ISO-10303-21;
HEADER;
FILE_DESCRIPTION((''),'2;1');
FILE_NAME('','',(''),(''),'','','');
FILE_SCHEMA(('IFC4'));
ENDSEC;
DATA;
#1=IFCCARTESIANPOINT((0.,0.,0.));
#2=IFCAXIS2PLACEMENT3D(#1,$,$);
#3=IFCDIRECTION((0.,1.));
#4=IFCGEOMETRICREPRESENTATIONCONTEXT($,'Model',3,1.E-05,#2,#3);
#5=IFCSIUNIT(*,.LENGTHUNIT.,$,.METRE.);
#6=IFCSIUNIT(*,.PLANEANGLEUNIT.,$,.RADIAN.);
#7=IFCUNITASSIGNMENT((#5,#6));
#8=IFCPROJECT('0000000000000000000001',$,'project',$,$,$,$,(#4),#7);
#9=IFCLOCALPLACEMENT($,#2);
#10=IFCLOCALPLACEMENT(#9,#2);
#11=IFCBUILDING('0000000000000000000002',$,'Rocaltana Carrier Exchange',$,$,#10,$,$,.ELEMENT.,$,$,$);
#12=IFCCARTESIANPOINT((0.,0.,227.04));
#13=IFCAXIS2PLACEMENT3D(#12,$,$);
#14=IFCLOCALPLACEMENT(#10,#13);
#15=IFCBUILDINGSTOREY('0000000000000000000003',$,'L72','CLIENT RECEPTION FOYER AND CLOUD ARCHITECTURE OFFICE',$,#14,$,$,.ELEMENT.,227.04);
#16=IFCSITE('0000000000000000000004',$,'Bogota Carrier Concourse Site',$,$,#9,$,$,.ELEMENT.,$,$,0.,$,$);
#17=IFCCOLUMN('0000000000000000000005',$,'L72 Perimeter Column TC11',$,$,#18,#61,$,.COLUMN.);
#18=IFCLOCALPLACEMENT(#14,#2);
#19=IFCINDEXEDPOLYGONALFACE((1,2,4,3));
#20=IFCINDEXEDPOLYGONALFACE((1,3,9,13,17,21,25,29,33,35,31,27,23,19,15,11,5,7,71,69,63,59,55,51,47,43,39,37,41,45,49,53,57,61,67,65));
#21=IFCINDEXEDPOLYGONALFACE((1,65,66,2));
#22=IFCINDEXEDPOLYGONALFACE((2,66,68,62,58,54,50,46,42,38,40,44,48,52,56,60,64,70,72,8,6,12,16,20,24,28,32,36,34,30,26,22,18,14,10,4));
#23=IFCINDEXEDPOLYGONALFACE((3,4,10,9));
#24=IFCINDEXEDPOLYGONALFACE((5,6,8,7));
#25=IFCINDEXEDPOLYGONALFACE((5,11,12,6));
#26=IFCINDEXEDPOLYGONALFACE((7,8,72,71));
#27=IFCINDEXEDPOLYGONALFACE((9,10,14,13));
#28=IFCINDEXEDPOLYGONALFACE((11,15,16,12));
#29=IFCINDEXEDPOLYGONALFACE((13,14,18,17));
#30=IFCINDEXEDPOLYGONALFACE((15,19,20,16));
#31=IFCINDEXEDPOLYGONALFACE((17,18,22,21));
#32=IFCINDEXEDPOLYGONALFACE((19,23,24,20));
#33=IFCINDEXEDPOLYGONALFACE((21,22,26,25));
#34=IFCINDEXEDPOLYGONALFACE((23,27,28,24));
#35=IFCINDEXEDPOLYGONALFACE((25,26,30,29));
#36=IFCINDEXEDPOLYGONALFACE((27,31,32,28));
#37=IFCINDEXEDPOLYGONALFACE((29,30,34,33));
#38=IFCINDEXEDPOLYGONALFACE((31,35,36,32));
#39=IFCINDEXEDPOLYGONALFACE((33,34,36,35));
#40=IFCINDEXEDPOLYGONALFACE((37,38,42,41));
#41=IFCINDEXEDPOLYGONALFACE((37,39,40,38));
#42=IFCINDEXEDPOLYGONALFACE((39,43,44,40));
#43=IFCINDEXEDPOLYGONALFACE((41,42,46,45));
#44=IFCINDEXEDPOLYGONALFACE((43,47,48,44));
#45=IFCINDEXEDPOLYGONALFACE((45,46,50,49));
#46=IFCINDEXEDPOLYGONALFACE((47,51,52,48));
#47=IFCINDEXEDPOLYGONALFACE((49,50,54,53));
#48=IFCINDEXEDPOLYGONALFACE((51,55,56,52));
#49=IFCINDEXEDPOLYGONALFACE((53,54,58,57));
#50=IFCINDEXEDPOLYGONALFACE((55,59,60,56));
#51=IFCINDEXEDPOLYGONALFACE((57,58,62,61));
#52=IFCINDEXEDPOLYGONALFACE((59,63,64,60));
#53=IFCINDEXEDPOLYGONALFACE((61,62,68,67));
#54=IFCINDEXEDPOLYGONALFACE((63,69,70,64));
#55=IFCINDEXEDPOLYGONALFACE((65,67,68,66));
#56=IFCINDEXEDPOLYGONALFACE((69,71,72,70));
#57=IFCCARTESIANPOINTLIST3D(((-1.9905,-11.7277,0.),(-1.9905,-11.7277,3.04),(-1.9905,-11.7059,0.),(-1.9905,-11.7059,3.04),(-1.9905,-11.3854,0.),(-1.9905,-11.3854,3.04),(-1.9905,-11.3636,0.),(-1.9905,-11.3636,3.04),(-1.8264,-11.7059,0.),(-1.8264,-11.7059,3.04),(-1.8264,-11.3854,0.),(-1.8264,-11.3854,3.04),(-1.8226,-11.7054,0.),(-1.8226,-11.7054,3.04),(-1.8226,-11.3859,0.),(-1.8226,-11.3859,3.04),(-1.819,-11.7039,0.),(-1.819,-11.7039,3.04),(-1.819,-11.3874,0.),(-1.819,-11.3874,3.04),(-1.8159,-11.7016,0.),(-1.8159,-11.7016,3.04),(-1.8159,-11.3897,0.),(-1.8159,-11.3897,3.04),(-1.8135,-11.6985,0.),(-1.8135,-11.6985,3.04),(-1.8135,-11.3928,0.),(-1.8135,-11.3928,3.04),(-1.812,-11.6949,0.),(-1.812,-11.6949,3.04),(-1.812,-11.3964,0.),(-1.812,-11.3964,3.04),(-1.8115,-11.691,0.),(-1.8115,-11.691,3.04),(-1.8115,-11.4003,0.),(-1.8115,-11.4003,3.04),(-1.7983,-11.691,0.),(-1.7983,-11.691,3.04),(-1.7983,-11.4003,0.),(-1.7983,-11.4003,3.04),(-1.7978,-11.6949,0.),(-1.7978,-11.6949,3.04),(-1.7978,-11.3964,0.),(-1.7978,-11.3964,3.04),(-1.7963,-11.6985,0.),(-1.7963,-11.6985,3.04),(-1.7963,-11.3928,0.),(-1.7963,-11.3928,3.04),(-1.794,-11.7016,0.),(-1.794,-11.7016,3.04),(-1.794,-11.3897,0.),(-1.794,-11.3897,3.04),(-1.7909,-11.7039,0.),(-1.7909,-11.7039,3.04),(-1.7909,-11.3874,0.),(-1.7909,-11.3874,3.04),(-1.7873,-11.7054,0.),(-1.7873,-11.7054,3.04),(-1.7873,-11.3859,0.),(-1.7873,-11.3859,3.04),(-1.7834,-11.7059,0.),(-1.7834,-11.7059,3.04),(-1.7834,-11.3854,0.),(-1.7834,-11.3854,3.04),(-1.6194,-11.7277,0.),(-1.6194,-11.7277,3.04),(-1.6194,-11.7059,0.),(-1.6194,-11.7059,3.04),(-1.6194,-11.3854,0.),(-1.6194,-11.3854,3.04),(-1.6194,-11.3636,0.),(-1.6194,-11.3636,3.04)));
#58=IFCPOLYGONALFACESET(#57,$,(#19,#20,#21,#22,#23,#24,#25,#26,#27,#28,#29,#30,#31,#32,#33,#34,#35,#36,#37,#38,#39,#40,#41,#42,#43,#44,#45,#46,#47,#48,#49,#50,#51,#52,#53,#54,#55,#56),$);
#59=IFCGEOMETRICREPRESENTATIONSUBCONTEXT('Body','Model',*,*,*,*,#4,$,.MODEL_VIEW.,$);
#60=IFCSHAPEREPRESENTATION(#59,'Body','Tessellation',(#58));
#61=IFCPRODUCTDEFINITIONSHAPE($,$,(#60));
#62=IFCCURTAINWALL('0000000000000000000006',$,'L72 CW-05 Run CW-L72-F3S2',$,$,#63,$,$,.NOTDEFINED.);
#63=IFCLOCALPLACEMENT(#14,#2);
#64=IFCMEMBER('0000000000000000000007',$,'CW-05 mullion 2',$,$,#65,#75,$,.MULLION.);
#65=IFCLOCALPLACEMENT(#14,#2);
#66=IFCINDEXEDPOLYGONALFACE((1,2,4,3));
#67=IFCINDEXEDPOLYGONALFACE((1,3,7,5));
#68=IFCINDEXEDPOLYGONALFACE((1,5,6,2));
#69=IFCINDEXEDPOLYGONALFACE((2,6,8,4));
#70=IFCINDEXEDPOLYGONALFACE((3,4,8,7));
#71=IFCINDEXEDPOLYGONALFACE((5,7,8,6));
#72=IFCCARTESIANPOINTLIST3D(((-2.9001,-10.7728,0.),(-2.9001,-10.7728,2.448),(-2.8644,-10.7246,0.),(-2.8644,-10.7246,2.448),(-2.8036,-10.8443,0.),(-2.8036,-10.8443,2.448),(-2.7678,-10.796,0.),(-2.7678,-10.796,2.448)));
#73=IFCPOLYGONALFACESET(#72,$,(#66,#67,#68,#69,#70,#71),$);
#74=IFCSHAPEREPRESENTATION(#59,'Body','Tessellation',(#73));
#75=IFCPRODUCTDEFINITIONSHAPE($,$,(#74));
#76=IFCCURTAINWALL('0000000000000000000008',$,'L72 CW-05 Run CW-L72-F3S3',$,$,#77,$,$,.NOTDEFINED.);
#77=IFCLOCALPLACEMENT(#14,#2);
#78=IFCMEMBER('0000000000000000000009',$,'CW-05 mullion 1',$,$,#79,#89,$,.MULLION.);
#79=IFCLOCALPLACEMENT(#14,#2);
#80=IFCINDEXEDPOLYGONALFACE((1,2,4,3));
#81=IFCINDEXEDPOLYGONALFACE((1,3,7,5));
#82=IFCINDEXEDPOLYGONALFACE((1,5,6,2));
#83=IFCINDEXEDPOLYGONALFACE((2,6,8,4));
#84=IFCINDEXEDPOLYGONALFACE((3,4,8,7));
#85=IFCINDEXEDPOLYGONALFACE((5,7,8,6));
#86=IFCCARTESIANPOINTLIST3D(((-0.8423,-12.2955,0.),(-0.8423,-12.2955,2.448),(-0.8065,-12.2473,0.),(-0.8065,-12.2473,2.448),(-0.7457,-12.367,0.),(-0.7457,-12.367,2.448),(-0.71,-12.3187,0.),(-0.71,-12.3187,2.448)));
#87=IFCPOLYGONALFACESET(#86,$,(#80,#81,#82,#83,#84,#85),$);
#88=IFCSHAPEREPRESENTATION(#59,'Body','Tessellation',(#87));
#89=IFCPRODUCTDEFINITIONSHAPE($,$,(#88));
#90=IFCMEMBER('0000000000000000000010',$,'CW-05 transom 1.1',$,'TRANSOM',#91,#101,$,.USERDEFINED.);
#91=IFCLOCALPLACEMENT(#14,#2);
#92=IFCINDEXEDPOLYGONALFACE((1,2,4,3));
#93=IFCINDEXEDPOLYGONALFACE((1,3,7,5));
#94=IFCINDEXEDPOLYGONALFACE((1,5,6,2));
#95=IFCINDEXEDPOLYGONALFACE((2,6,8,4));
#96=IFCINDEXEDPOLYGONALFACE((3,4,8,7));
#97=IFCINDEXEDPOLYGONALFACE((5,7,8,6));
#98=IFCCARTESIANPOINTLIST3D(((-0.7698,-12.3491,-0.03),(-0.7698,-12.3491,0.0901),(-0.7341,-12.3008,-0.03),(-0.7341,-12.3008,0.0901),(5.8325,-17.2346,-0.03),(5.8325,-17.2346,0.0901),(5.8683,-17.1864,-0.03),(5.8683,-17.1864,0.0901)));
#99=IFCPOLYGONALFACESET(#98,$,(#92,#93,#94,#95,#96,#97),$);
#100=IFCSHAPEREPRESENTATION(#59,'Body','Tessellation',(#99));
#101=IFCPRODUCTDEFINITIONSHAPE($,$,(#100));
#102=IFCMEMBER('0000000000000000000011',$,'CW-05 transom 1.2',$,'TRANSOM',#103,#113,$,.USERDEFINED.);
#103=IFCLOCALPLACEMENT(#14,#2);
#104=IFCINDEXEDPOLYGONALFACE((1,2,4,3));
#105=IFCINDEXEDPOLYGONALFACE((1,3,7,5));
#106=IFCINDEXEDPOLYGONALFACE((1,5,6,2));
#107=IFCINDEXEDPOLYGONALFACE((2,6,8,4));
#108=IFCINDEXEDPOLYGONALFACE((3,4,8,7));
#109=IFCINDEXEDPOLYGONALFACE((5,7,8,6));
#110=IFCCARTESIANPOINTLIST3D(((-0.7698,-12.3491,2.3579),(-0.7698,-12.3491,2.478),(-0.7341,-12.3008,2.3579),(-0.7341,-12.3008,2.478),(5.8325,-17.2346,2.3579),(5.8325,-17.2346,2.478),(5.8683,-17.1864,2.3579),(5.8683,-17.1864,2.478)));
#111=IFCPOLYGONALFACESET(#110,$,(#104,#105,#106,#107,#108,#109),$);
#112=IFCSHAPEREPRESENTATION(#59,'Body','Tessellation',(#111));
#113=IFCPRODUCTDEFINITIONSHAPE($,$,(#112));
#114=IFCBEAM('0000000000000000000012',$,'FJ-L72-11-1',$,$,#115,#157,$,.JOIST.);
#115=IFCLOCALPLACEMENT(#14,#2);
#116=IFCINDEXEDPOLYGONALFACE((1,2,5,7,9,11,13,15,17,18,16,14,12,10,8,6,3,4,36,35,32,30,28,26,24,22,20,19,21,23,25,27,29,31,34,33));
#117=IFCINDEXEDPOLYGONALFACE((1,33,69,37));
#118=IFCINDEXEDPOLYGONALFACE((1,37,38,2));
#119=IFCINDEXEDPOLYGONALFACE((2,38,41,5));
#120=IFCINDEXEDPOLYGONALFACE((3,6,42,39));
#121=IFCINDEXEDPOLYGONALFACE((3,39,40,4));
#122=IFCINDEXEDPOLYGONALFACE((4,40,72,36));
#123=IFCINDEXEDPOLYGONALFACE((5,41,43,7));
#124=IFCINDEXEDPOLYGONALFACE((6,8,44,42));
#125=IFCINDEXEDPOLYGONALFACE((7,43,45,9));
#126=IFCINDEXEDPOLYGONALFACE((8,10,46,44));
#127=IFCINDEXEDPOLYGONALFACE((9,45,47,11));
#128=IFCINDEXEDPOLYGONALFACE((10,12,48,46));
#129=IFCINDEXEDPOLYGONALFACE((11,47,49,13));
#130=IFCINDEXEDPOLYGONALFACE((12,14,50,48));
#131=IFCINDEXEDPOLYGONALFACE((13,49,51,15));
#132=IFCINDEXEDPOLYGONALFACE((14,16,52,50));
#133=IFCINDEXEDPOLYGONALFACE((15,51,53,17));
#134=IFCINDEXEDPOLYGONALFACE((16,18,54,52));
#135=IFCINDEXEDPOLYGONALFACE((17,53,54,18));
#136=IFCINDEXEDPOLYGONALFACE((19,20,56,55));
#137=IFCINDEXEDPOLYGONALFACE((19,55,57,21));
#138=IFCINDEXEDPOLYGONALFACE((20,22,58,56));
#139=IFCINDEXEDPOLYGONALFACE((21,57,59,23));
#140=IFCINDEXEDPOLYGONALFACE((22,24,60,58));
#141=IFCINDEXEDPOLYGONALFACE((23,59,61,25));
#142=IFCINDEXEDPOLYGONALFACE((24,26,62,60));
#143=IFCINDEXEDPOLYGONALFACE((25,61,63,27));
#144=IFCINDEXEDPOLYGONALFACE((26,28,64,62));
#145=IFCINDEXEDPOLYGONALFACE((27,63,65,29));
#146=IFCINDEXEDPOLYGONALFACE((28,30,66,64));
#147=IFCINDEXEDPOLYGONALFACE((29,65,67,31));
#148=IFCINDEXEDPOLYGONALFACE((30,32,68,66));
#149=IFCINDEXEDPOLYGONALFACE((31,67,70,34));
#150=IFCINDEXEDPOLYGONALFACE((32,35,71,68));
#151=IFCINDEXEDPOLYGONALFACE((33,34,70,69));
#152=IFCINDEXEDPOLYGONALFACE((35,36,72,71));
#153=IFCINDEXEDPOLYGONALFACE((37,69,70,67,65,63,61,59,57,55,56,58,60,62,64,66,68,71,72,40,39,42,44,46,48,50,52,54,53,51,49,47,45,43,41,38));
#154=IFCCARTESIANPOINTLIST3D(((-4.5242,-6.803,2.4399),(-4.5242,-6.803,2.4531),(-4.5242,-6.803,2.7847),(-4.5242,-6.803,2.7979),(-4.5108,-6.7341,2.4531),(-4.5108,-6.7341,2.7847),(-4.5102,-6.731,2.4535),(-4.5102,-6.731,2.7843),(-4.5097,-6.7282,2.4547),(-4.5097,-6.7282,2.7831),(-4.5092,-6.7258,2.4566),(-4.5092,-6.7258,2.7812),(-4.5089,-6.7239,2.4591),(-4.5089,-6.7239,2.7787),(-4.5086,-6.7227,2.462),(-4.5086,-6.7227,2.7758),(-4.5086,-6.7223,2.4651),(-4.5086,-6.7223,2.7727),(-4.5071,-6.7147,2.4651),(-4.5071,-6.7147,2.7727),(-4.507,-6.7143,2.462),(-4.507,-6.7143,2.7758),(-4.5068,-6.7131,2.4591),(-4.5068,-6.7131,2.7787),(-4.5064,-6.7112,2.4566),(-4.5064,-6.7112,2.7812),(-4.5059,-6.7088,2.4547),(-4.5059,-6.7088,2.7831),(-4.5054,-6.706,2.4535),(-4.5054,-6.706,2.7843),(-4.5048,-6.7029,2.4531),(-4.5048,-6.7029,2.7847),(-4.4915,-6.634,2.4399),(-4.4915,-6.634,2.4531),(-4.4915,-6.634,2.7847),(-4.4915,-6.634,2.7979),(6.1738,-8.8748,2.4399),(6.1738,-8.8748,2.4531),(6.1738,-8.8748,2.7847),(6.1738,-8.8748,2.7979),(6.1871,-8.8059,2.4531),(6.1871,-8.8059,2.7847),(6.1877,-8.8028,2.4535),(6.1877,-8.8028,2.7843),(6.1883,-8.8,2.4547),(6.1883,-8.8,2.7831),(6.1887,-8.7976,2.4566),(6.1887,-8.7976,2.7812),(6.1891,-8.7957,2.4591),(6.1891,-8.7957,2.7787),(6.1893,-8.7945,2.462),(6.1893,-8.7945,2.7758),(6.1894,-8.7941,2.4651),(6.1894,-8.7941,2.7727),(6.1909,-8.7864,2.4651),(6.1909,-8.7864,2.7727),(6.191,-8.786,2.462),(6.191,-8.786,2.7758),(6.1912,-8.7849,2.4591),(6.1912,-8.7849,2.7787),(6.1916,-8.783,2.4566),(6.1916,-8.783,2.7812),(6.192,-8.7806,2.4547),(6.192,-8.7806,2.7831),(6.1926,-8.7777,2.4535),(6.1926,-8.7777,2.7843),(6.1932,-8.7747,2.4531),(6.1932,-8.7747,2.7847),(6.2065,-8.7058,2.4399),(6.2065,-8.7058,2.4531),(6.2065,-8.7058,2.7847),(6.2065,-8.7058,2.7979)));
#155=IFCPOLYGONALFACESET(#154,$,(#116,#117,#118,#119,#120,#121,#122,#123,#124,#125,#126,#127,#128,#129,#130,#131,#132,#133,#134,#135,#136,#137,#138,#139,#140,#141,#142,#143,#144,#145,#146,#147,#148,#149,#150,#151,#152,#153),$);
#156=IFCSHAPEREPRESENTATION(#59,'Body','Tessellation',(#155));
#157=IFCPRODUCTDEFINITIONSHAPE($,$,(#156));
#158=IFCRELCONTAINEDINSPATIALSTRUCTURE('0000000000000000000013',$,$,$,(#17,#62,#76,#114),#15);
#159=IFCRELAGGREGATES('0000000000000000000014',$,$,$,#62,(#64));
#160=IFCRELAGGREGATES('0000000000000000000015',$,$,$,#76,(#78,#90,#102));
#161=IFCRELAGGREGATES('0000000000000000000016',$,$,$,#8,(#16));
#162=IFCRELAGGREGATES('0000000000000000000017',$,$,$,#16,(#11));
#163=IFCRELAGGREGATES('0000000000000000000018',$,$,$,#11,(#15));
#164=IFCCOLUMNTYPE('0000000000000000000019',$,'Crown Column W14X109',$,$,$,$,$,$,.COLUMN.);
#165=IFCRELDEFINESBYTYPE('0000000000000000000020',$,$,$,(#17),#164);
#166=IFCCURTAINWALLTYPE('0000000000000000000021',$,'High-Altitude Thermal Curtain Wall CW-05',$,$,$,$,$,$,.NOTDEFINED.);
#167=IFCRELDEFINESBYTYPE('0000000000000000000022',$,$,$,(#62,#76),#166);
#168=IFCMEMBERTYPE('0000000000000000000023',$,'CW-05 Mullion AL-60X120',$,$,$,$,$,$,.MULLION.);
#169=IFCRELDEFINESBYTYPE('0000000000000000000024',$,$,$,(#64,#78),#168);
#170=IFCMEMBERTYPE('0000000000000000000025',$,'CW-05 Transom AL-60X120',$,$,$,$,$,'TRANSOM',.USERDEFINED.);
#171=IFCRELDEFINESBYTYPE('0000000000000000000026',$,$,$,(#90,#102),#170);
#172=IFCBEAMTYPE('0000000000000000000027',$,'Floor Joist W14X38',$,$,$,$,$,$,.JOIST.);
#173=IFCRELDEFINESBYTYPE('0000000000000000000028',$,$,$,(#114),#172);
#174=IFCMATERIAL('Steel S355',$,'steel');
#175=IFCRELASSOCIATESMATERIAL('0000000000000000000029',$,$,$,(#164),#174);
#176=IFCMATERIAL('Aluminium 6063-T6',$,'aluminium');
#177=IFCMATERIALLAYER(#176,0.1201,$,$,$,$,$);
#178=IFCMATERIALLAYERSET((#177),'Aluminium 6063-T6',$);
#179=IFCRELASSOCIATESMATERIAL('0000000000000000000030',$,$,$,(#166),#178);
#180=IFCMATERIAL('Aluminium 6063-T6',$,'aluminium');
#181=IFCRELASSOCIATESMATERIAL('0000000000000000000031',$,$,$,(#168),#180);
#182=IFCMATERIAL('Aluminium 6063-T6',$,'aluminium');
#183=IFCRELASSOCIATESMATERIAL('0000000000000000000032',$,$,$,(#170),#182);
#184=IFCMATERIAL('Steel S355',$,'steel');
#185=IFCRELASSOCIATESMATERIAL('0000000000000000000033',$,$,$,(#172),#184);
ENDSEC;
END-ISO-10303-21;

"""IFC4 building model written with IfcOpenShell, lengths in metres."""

from ifc_helpers import new_model, si_unit, direction, frame, origin, origin_2d, place, context, subcontext, project, spatial, rectangle, i_section, extrude, material, layer, layer_set, material_profile, profile_set, type_object, element, aggregate, save


model = new_model("IFC4")

# Units and contexts
model_context = context("Model", 3, precision=1e-05, world=origin(), true_north=direction((0.0, 1.0)))
body_context = subcontext(model_context, "Body", "Model", "MODEL_VIEW")
ifc_project = project(units=[si_unit("LENGTHUNIT", "METRE"), si_unit("PLANEANGLEUNIT", "RADIAN")], contexts=[model_context])

# Site, building, storey
site_placement = place(None, origin())
site = spatial("IfcSite", under=ifc_project, at=site_placement, Name="Bogota Carrier Concourse Site", CompositionType="ELEMENT", RefElevation=0.0)
building_placement = place(site_placement, origin())
building = spatial("IfcBuilding", under=site, at=building_placement, Name="Rocaltana Carrier Exchange", CompositionType="ELEMENT")
storey_placement = place(building_placement, frame((0.0, 0.0, 227.04)))
storey = spatial("IfcBuildingStorey", under=building, at=storey_placement, Name="L72", Description="CLIENT RECEPTION FOYER AND CLOUD ARCHITECTURE OFFICE", CompositionType="ELEMENT", Elevation=227.04)

# Column
ifc_material_1 = material(Name="Steel S355", Category="steel")
ifc_material_profile_1 = material_profile(ifc_material_1, i_section(OverallWidth=0.3711, OverallDepth=0.364, WebThickness=0.0132, FlangeThickness=0.0217, FilletRadius=0.0149, at=origin_2d()), Name="W14X109")
ifc_profile_set_1 = profile_set([ifc_material_profile_1], Name="Steel S355")
column_type = type_object("IfcColumnType", Name="Crown Column W14X109", PredefinedType="COLUMN", material=ifc_profile_set_1)
column_placement = place(storey_placement, frame((-1.8049, -11.5457, 0.0), z_axis=(0.0, 0.0, 1.0), x_axis=(1.0, 0.0, 0.0)))
element("IfcColumn", 1, at=column_placement, inside=storey, type_object=column_type, Name="L72 Perimeter Column TC11", PredefinedType="COLUMN", context=body_context, shape_type="SweptSolid", body=[
    extrude(i_section(OverallWidth=0.3711, OverallDepth=0.364, WebThickness=0.0132, FlangeThickness=0.0217, FilletRadius=0.0149, at=origin_2d()), origin(), (0.0, 0.0, 1.0), 3.04),
])

# Curtain wall, member
ifc_material_2 = material(Name="Aluminium 6063-T6", Category="aluminium")
ifc_layer_1 = layer(ifc_material_2, 0.1201)
ifc_layer_set_1 = layer_set([ifc_layer_1], Name="Aluminium 6063-T6")
curtain_wall_type = type_object("IfcCurtainWallType", Name="High-Altitude Thermal Curtain Wall CW-05", PredefinedType="NOTDEFINED", material=ifc_layer_set_1)
curtain_wall_1_placement = place(storey_placement, origin())
curtain_wall_1 = element("IfcCurtainWall", 2, at=curtain_wall_1_placement, inside=storey, type_object=curtain_wall_type, Name="L72 CW-05 Run CW-L72-F3S2", PredefinedType="NOTDEFINED")
ifc_material_3 = material(Name="Aluminium 6063-T6", Category="aluminium")
ifc_material_profile_2 = material_profile(ifc_material_3, rectangle(XDim=0.0601, YDim=0.1201, at=origin_2d()), Name="AL-60X120")
ifc_profile_set_2 = profile_set([ifc_material_profile_2], Name="Aluminium 6063-T6")
member_type_1 = type_object("IfcMemberType", Name="CW-05 Mullion AL-60X120", PredefinedType="MULLION", material=ifc_profile_set_2)
member_1_placement = place(storey_placement, frame((-2.834, -10.7844, 0.0), z_axis=(0.0, 0.0, 1.0), x_axis=(0.594821, 0.803858, 0.0)))
member_1 = element("IfcMember", 3, at=member_1_placement, type_object=member_type_1, Name="CW-05 mullion 2", PredefinedType="MULLION", context=body_context, shape_type="SweptSolid", body=[
    extrude(rectangle(XDim=0.0601, YDim=0.1201, at=origin_2d()), origin(), (0.0, 0.0, 1.0), 2.448),
])
aggregate(curtain_wall_1, [member_1])

# Curtain wall, members
curtain_wall_2_placement = place(storey_placement, origin())
curtain_wall_2 = element("IfcCurtainWall", 4, at=curtain_wall_2_placement, inside=storey, type_object=curtain_wall_type, Name="L72 CW-05 Run CW-L72-F3S3", PredefinedType="NOTDEFINED")
member_2_placement = place(storey_placement, frame((-0.7761, -12.3071, 0.0), z_axis=(0.0, 0.0, 1.0), x_axis=(0.594827, 0.803854, 0.0)))
member_2 = element("IfcMember", 5, at=member_2_placement, type_object=member_type_1, Name="CW-05 mullion 1", PredefinedType="MULLION", context=body_context, shape_type="SweptSolid", body=[
    extrude(rectangle(XDim=0.0601, YDim=0.1201, at=origin_2d()), origin(), (0.0, 0.0, 1.0), 2.448),
])
ifc_material_4 = material(Name="Aluminium 6063-T6", Category="aluminium")
ifc_material_profile_3 = material_profile(ifc_material_4, rectangle(XDim=0.0601, YDim=0.1201, at=origin_2d()), Name="AL-60X120")
ifc_profile_set_3 = profile_set([ifc_material_profile_3], Name="Aluminium 6063-T6")
member_type_2 = type_object("IfcMemberType", Name="CW-05 Transom AL-60X120", ElementType="TRANSOM", PredefinedType="USERDEFINED", material=ifc_profile_set_3)
member_3_placement = place(storey_placement, frame((-0.752, -12.325, 0.03), z_axis=(0.803854, -0.594827, 0.0), x_axis=(0.594827, 0.803854, 0.0)))
member_3 = element("IfcMember", 6, at=member_3_placement, type_object=member_type_2, Name="CW-05 transom 1.1", ObjectType="TRANSOM", PredefinedType="USERDEFINED", context=body_context, shape_type="SweptSolid", body=[
    extrude(rectangle(XDim=0.0601, YDim=0.1201, at=origin_2d()), origin(), (0.0, 0.0, 1.0), 8.2134),
])
member_4_placement = place(storey_placement, frame((-0.752, -12.325, 2.418), z_axis=(0.803854, -0.594827, 0.0), x_axis=(0.594827, 0.803854, 0.0)))
member_4 = element("IfcMember", 7, at=member_4_placement, type_object=member_type_2, Name="CW-05 transom 1.2", ObjectType="TRANSOM", PredefinedType="USERDEFINED", context=body_context, shape_type="SweptSolid", body=[
    extrude(rectangle(XDim=0.0601, YDim=0.1201, at=origin_2d()), origin(), (0.0, 0.0, 1.0), 8.2134),
])
aggregate(curtain_wall_2, [member_2, member_3, member_4])

# Beam
ifc_material_5 = material(Name="Steel S355", Category="steel")
ifc_material_profile_4 = material_profile(ifc_material_5, i_section(OverallWidth=0.1721, OverallDepth=0.3579, WebThickness=0.0078, FlangeThickness=0.0132, FilletRadius=0.012, at=origin_2d()), Name="W14X38")
ifc_profile_set_4 = profile_set([ifc_material_profile_4], Name="Steel S355")
beam_type_1 = type_object("IfcBeamType", Name="Floor Joist W14X38", PredefinedType="JOIST", material=ifc_profile_set_4)
beam_1_placement = place(storey_placement, frame((-4.5078, -6.7185, 2.6189), z_axis=(0.981759, -0.190128, 0.0), x_axis=(0.190128, 0.981759, 0.0)))
element("IfcBeam", 8, at=beam_1_placement, inside=storey, type_object=beam_type_1, Name="FJ-L72-11-1", PredefinedType="JOIST", context=body_context, shape_type="SweptSolid", body=[
    extrude(i_section(OverallWidth=0.1721, OverallDepth=0.3579, WebThickness=0.0078, FlangeThickness=0.0132, FilletRadius=0.012, at=origin_2d()), origin(), (0.0, 0.0, 1.0), 10.8967),
])

save(model, "model.ifc")
